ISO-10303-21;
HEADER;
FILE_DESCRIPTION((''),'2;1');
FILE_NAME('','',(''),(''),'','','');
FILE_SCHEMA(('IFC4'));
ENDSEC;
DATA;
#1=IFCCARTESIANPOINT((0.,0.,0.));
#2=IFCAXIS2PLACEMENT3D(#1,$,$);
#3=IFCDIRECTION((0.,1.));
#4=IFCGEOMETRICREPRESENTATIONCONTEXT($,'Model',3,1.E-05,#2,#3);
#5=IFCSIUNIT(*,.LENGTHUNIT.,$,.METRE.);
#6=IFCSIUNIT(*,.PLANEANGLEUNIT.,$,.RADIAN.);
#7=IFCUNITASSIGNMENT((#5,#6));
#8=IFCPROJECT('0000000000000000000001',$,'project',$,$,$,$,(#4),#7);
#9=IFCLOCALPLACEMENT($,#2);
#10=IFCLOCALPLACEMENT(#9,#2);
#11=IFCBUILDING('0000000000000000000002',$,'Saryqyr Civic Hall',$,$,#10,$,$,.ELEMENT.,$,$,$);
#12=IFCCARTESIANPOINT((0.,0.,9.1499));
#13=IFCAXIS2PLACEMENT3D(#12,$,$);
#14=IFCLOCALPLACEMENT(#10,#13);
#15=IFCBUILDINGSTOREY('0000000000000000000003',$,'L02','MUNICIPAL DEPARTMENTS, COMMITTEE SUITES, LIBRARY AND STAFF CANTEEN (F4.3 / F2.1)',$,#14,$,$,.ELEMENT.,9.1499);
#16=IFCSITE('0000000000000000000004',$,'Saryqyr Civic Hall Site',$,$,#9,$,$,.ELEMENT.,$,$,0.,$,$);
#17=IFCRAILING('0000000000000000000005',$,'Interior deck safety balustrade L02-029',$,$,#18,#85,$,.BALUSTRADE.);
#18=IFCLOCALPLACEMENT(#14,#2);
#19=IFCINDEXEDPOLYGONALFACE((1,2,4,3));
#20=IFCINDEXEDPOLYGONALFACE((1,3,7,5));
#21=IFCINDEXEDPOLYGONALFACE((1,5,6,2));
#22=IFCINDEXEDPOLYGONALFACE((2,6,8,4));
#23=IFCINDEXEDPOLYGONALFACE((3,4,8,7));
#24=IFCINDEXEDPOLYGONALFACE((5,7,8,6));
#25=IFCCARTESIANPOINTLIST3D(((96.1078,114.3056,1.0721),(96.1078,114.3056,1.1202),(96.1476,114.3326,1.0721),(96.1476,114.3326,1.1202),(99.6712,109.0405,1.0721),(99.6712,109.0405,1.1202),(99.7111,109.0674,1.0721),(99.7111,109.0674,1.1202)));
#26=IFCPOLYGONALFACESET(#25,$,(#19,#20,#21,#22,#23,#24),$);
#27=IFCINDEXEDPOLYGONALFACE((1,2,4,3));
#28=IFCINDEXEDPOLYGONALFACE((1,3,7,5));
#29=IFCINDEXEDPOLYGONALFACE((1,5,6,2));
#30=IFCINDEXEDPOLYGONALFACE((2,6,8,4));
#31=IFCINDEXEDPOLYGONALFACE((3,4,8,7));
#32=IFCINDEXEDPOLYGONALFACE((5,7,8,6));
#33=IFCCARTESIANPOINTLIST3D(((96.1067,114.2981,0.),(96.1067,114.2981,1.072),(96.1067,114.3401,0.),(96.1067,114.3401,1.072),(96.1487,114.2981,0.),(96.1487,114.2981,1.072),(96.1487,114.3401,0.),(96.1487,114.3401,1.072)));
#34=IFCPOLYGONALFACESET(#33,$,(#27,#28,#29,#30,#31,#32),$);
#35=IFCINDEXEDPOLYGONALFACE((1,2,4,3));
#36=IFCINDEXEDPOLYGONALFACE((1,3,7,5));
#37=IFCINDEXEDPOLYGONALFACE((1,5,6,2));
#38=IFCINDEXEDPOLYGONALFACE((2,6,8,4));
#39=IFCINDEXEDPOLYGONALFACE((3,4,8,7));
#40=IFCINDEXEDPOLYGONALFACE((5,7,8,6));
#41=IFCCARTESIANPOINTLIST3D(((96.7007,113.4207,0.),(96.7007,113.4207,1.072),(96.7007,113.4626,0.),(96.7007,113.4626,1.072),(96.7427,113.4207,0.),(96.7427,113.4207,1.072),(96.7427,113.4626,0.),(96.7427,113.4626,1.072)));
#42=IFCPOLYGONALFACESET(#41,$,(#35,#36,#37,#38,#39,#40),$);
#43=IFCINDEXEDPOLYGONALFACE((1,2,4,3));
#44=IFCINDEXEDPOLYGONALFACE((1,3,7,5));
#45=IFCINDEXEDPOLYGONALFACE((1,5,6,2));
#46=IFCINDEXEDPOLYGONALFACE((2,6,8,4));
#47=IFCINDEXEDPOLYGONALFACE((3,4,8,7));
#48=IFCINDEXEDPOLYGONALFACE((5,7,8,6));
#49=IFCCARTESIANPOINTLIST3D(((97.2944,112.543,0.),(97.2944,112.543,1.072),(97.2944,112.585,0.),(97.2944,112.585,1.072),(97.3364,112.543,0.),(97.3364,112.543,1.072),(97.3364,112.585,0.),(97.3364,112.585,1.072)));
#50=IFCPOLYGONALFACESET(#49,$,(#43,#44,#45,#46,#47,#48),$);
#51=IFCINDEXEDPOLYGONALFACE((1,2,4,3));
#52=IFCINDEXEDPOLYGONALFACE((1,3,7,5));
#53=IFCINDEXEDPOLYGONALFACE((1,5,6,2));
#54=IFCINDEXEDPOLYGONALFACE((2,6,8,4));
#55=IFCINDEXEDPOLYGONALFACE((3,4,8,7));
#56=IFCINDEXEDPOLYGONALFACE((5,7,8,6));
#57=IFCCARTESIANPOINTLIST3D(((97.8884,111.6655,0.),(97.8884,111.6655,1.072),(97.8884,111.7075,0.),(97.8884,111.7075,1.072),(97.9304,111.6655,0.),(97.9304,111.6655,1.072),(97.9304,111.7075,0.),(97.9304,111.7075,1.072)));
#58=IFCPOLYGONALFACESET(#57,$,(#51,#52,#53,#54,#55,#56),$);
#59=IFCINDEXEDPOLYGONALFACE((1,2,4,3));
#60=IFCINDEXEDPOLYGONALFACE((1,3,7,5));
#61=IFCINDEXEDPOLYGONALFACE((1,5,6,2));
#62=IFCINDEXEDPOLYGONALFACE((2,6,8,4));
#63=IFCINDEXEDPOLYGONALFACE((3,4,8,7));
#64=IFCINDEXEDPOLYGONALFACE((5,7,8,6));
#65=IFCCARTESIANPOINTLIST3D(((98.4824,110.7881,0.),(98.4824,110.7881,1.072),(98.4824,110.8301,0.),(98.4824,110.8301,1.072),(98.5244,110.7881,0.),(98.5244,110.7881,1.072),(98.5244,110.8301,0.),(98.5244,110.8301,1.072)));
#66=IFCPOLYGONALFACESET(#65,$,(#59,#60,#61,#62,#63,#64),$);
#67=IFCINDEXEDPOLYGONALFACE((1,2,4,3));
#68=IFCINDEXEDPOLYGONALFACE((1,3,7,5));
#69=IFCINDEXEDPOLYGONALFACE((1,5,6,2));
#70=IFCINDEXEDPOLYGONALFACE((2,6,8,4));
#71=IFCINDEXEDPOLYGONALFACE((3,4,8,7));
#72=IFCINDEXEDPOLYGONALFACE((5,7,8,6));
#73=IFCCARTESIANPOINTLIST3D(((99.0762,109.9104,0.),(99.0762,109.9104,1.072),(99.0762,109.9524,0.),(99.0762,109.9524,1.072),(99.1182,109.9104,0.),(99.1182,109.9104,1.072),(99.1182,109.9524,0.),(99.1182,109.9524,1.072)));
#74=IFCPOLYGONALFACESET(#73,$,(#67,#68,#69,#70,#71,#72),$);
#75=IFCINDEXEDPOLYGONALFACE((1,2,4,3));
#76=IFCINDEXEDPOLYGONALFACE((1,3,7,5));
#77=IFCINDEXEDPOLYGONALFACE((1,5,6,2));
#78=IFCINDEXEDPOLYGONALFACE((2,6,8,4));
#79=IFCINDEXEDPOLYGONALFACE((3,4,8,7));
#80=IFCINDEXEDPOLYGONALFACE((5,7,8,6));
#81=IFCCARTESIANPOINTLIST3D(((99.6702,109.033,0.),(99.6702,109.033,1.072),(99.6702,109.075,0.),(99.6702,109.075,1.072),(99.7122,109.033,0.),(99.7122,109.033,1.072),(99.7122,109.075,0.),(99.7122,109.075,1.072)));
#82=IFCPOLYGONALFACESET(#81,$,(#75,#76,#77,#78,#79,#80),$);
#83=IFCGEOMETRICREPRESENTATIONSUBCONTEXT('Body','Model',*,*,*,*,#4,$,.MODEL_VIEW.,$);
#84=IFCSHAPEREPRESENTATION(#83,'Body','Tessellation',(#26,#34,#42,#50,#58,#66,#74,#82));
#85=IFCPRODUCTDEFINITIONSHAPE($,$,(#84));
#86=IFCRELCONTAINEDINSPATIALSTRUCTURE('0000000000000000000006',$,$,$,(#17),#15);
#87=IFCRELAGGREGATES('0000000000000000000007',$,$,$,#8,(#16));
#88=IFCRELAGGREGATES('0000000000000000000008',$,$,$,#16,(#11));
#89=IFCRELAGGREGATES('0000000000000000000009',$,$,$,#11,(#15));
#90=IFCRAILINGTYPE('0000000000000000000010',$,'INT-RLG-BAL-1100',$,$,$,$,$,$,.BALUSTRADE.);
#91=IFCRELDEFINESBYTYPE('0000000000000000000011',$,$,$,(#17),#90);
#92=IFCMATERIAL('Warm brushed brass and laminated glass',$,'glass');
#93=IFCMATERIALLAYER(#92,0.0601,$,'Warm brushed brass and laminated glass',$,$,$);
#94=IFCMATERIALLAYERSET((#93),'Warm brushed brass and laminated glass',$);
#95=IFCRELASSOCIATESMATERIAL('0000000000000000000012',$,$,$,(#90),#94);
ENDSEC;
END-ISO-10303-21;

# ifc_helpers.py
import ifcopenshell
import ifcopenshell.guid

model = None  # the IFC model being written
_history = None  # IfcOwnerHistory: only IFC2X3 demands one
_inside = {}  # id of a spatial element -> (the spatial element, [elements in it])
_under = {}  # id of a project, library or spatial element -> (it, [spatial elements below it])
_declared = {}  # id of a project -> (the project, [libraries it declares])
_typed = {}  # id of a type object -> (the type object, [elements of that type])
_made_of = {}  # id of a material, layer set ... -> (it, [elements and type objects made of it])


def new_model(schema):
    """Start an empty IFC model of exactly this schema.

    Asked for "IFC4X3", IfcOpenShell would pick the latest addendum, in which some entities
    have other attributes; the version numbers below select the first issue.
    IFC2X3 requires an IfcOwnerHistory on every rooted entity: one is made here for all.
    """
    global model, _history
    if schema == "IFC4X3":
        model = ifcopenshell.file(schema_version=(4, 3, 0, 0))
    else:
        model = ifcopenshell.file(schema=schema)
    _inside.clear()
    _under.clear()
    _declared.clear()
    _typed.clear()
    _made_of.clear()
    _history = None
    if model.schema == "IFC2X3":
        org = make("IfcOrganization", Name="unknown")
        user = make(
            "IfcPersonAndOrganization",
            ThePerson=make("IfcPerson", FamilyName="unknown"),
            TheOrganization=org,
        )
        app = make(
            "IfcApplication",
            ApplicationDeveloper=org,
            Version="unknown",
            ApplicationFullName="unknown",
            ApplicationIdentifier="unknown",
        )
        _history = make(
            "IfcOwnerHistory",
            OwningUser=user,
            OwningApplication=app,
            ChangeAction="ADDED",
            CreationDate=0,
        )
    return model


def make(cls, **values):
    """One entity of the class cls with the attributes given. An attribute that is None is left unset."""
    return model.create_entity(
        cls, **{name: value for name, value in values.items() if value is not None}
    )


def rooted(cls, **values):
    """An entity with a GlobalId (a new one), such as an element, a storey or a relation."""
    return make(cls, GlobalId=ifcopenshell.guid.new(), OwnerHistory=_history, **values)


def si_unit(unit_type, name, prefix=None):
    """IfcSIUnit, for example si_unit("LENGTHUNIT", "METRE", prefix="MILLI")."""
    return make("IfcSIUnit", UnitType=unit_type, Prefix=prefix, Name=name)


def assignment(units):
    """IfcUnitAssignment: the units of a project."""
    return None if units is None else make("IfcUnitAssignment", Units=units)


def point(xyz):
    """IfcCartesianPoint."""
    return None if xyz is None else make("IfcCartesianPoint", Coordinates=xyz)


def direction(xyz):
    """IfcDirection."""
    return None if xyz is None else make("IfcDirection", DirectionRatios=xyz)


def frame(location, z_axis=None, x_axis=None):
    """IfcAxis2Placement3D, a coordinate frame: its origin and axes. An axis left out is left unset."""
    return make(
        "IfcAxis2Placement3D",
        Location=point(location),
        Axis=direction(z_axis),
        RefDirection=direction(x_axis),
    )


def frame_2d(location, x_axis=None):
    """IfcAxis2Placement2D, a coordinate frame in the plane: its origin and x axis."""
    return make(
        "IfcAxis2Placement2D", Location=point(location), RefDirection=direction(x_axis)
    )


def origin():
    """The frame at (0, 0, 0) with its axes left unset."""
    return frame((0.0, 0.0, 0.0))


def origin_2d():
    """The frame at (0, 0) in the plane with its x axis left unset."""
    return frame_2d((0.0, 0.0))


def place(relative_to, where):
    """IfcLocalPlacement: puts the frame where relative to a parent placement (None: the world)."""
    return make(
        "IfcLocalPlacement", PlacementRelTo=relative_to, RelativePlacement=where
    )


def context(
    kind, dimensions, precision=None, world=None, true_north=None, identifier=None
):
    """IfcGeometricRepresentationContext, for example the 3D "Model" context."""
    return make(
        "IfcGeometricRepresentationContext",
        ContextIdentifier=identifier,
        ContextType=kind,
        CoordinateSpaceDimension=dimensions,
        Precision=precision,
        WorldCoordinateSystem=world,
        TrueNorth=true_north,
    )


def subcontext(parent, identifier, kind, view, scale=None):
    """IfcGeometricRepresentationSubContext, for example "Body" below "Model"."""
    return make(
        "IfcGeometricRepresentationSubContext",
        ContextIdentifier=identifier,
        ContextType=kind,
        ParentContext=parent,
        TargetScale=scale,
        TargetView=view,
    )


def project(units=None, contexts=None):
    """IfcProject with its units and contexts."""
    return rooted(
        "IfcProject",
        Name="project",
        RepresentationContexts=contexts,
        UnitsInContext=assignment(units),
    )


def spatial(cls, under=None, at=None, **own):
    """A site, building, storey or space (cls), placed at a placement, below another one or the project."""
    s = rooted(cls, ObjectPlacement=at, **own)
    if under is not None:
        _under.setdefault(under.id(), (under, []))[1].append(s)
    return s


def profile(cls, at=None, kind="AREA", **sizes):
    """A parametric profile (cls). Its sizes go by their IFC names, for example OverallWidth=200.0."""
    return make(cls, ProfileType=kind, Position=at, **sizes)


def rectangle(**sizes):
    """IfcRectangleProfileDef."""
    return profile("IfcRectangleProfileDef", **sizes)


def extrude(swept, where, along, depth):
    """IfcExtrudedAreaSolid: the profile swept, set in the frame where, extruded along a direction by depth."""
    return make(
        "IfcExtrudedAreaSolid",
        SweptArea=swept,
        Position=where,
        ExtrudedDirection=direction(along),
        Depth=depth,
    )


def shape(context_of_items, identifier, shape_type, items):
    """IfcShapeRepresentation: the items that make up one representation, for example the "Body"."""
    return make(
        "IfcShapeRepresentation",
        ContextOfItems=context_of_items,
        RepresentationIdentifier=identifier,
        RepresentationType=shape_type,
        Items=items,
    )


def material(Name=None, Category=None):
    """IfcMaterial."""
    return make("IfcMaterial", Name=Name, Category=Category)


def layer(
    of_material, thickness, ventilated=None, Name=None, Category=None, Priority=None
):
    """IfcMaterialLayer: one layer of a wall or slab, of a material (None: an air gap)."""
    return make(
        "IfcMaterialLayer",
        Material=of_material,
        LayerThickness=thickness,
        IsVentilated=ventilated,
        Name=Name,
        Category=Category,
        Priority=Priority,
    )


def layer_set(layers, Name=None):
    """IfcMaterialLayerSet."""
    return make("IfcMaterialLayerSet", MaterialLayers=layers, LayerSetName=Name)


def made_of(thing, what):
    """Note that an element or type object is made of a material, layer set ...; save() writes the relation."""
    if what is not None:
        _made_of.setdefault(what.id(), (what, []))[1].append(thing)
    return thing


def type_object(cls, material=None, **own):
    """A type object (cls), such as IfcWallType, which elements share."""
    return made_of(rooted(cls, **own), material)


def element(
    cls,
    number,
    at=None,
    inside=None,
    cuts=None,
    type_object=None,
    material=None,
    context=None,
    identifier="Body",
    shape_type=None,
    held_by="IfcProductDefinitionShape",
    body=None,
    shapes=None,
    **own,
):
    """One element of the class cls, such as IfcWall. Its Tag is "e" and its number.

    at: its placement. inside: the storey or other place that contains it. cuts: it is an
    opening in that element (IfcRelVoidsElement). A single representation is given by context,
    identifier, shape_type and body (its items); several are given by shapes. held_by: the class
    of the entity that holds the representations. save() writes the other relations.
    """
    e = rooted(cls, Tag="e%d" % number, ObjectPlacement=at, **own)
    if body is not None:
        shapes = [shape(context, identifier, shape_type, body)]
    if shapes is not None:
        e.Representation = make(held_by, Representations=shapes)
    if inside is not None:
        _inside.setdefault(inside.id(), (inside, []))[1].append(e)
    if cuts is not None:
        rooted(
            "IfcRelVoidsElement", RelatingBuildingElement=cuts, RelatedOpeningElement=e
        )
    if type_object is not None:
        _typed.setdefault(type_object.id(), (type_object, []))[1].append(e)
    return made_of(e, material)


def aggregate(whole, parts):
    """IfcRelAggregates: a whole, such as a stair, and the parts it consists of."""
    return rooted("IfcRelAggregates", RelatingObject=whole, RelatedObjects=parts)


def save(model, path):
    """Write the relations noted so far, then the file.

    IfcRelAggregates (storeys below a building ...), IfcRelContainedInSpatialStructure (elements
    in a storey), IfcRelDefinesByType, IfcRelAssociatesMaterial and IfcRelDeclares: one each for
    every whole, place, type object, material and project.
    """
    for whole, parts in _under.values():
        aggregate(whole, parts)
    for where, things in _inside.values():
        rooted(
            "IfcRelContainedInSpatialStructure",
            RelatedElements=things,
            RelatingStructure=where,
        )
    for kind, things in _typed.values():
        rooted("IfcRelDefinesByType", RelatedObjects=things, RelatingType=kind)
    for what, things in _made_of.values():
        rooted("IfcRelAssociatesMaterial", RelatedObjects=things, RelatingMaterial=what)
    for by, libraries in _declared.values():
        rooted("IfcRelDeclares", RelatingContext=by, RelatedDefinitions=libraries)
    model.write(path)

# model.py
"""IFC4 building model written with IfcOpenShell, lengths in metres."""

from ifc_helpers import new_model, si_unit, direction, frame, origin, origin_2d, place, context, subcontext, project, spatial, rectangle, extrude, material, layer, layer_set, type_object, element, save


model = new_model("IFC4")

# Units and contexts
model_context = context("Model", 3, precision=1e-05, world=origin(), true_north=direction((0.0, 1.0)))
body_context = subcontext(model_context, "Body", "Model", "MODEL_VIEW")
ifc_project = project(units=[si_unit("LENGTHUNIT", "METRE"), si_unit("PLANEANGLEUNIT", "RADIAN")], contexts=[model_context])

# Site, building, storey
site_placement = place(None, origin())
site = spatial("IfcSite", under=ifc_project, at=site_placement, Name="Saryqyr Civic Hall Site", CompositionType="ELEMENT", RefElevation=0.0)
building_placement = place(site_placement, origin())
building = spatial("IfcBuilding", under=site, at=building_placement, Name="Saryqyr Civic Hall", CompositionType="ELEMENT")
storey_placement = place(building_placement, frame((0.0, 0.0, 9.1499)))
storey = spatial("IfcBuildingStorey", under=building, at=storey_placement, Name="L02", Description="MUNICIPAL DEPARTMENTS, COMMITTEE SUITES, LIBRARY AND STAFF CANTEEN (F4.3 / F2.1)", CompositionType="ELEMENT", Elevation=9.1499)

# Railing
ifc_material_1 = material(Name="Warm brushed brass and laminated glass", Category="glass")
ifc_layer_1 = layer(ifc_material_1, 0.0601, Name="Warm brushed brass and laminated glass")
ifc_layer_set_1 = layer_set([ifc_layer_1], Name="Warm brushed brass and laminated glass")
railing_type = type_object("IfcRailingType", Name="INT-RLG-BAL-1100", PredefinedType="BALUSTRADE", material=ifc_layer_set_1)
railing_1_placement = place(storey_placement, frame((96.1277, 114.3191, 0.0)))
element("IfcRailing", 1, at=railing_1_placement, inside=storey, type_object=railing_type, Name="Interior deck safety balustrade L02-029", PredefinedType="BALUSTRADE", context=body_context, shape_type="SweptSolid", body=[
    extrude(rectangle(XDim=0.0481, YDim=0.0481, at=origin_2d()), frame((0.0, 0.0, 1.0962), z_axis=(0.5605, -0.828154, 0.0), x_axis=(0.828154, 0.5605, 0.0)), (0.0, 0.0, 1.0), 6.3577),
    extrude(rectangle(XDim=0.042, YDim=0.042, at=origin_2d()), origin(), (0.0, 0.0, 1.0), 1.072),
    extrude(rectangle(XDim=0.042, YDim=0.042, at=origin_2d()), frame((0.594, -0.8774, 0.0)), (0.0, 0.0, 1.0), 1.072),
    extrude(rectangle(XDim=0.042, YDim=0.042, at=origin_2d()), frame((1.1877, -1.7551, 0.0)), (0.0, 0.0, 1.0), 1.072),
    extrude(rectangle(XDim=0.042, YDim=0.042, at=origin_2d()), frame((1.7817, -2.6326, 0.0)), (0.0, 0.0, 1.0), 1.072),
    extrude(rectangle(XDim=0.042, YDim=0.042, at=origin_2d()), frame((2.3757, -3.51, 0.0)), (0.0, 0.0, 1.0), 1.072),
    extrude(rectangle(XDim=0.042, YDim=0.042, at=origin_2d()), frame((2.9695, -4.3877, 0.0)), (0.0, 0.0, 1.0), 1.072),
    extrude(rectangle(XDim=0.042, YDim=0.042, at=origin_2d()), frame((3.5635, -5.2651, 0.0)), (0.0, 0.0, 1.0), 1.072),
])

save(model, "model.ifc")
